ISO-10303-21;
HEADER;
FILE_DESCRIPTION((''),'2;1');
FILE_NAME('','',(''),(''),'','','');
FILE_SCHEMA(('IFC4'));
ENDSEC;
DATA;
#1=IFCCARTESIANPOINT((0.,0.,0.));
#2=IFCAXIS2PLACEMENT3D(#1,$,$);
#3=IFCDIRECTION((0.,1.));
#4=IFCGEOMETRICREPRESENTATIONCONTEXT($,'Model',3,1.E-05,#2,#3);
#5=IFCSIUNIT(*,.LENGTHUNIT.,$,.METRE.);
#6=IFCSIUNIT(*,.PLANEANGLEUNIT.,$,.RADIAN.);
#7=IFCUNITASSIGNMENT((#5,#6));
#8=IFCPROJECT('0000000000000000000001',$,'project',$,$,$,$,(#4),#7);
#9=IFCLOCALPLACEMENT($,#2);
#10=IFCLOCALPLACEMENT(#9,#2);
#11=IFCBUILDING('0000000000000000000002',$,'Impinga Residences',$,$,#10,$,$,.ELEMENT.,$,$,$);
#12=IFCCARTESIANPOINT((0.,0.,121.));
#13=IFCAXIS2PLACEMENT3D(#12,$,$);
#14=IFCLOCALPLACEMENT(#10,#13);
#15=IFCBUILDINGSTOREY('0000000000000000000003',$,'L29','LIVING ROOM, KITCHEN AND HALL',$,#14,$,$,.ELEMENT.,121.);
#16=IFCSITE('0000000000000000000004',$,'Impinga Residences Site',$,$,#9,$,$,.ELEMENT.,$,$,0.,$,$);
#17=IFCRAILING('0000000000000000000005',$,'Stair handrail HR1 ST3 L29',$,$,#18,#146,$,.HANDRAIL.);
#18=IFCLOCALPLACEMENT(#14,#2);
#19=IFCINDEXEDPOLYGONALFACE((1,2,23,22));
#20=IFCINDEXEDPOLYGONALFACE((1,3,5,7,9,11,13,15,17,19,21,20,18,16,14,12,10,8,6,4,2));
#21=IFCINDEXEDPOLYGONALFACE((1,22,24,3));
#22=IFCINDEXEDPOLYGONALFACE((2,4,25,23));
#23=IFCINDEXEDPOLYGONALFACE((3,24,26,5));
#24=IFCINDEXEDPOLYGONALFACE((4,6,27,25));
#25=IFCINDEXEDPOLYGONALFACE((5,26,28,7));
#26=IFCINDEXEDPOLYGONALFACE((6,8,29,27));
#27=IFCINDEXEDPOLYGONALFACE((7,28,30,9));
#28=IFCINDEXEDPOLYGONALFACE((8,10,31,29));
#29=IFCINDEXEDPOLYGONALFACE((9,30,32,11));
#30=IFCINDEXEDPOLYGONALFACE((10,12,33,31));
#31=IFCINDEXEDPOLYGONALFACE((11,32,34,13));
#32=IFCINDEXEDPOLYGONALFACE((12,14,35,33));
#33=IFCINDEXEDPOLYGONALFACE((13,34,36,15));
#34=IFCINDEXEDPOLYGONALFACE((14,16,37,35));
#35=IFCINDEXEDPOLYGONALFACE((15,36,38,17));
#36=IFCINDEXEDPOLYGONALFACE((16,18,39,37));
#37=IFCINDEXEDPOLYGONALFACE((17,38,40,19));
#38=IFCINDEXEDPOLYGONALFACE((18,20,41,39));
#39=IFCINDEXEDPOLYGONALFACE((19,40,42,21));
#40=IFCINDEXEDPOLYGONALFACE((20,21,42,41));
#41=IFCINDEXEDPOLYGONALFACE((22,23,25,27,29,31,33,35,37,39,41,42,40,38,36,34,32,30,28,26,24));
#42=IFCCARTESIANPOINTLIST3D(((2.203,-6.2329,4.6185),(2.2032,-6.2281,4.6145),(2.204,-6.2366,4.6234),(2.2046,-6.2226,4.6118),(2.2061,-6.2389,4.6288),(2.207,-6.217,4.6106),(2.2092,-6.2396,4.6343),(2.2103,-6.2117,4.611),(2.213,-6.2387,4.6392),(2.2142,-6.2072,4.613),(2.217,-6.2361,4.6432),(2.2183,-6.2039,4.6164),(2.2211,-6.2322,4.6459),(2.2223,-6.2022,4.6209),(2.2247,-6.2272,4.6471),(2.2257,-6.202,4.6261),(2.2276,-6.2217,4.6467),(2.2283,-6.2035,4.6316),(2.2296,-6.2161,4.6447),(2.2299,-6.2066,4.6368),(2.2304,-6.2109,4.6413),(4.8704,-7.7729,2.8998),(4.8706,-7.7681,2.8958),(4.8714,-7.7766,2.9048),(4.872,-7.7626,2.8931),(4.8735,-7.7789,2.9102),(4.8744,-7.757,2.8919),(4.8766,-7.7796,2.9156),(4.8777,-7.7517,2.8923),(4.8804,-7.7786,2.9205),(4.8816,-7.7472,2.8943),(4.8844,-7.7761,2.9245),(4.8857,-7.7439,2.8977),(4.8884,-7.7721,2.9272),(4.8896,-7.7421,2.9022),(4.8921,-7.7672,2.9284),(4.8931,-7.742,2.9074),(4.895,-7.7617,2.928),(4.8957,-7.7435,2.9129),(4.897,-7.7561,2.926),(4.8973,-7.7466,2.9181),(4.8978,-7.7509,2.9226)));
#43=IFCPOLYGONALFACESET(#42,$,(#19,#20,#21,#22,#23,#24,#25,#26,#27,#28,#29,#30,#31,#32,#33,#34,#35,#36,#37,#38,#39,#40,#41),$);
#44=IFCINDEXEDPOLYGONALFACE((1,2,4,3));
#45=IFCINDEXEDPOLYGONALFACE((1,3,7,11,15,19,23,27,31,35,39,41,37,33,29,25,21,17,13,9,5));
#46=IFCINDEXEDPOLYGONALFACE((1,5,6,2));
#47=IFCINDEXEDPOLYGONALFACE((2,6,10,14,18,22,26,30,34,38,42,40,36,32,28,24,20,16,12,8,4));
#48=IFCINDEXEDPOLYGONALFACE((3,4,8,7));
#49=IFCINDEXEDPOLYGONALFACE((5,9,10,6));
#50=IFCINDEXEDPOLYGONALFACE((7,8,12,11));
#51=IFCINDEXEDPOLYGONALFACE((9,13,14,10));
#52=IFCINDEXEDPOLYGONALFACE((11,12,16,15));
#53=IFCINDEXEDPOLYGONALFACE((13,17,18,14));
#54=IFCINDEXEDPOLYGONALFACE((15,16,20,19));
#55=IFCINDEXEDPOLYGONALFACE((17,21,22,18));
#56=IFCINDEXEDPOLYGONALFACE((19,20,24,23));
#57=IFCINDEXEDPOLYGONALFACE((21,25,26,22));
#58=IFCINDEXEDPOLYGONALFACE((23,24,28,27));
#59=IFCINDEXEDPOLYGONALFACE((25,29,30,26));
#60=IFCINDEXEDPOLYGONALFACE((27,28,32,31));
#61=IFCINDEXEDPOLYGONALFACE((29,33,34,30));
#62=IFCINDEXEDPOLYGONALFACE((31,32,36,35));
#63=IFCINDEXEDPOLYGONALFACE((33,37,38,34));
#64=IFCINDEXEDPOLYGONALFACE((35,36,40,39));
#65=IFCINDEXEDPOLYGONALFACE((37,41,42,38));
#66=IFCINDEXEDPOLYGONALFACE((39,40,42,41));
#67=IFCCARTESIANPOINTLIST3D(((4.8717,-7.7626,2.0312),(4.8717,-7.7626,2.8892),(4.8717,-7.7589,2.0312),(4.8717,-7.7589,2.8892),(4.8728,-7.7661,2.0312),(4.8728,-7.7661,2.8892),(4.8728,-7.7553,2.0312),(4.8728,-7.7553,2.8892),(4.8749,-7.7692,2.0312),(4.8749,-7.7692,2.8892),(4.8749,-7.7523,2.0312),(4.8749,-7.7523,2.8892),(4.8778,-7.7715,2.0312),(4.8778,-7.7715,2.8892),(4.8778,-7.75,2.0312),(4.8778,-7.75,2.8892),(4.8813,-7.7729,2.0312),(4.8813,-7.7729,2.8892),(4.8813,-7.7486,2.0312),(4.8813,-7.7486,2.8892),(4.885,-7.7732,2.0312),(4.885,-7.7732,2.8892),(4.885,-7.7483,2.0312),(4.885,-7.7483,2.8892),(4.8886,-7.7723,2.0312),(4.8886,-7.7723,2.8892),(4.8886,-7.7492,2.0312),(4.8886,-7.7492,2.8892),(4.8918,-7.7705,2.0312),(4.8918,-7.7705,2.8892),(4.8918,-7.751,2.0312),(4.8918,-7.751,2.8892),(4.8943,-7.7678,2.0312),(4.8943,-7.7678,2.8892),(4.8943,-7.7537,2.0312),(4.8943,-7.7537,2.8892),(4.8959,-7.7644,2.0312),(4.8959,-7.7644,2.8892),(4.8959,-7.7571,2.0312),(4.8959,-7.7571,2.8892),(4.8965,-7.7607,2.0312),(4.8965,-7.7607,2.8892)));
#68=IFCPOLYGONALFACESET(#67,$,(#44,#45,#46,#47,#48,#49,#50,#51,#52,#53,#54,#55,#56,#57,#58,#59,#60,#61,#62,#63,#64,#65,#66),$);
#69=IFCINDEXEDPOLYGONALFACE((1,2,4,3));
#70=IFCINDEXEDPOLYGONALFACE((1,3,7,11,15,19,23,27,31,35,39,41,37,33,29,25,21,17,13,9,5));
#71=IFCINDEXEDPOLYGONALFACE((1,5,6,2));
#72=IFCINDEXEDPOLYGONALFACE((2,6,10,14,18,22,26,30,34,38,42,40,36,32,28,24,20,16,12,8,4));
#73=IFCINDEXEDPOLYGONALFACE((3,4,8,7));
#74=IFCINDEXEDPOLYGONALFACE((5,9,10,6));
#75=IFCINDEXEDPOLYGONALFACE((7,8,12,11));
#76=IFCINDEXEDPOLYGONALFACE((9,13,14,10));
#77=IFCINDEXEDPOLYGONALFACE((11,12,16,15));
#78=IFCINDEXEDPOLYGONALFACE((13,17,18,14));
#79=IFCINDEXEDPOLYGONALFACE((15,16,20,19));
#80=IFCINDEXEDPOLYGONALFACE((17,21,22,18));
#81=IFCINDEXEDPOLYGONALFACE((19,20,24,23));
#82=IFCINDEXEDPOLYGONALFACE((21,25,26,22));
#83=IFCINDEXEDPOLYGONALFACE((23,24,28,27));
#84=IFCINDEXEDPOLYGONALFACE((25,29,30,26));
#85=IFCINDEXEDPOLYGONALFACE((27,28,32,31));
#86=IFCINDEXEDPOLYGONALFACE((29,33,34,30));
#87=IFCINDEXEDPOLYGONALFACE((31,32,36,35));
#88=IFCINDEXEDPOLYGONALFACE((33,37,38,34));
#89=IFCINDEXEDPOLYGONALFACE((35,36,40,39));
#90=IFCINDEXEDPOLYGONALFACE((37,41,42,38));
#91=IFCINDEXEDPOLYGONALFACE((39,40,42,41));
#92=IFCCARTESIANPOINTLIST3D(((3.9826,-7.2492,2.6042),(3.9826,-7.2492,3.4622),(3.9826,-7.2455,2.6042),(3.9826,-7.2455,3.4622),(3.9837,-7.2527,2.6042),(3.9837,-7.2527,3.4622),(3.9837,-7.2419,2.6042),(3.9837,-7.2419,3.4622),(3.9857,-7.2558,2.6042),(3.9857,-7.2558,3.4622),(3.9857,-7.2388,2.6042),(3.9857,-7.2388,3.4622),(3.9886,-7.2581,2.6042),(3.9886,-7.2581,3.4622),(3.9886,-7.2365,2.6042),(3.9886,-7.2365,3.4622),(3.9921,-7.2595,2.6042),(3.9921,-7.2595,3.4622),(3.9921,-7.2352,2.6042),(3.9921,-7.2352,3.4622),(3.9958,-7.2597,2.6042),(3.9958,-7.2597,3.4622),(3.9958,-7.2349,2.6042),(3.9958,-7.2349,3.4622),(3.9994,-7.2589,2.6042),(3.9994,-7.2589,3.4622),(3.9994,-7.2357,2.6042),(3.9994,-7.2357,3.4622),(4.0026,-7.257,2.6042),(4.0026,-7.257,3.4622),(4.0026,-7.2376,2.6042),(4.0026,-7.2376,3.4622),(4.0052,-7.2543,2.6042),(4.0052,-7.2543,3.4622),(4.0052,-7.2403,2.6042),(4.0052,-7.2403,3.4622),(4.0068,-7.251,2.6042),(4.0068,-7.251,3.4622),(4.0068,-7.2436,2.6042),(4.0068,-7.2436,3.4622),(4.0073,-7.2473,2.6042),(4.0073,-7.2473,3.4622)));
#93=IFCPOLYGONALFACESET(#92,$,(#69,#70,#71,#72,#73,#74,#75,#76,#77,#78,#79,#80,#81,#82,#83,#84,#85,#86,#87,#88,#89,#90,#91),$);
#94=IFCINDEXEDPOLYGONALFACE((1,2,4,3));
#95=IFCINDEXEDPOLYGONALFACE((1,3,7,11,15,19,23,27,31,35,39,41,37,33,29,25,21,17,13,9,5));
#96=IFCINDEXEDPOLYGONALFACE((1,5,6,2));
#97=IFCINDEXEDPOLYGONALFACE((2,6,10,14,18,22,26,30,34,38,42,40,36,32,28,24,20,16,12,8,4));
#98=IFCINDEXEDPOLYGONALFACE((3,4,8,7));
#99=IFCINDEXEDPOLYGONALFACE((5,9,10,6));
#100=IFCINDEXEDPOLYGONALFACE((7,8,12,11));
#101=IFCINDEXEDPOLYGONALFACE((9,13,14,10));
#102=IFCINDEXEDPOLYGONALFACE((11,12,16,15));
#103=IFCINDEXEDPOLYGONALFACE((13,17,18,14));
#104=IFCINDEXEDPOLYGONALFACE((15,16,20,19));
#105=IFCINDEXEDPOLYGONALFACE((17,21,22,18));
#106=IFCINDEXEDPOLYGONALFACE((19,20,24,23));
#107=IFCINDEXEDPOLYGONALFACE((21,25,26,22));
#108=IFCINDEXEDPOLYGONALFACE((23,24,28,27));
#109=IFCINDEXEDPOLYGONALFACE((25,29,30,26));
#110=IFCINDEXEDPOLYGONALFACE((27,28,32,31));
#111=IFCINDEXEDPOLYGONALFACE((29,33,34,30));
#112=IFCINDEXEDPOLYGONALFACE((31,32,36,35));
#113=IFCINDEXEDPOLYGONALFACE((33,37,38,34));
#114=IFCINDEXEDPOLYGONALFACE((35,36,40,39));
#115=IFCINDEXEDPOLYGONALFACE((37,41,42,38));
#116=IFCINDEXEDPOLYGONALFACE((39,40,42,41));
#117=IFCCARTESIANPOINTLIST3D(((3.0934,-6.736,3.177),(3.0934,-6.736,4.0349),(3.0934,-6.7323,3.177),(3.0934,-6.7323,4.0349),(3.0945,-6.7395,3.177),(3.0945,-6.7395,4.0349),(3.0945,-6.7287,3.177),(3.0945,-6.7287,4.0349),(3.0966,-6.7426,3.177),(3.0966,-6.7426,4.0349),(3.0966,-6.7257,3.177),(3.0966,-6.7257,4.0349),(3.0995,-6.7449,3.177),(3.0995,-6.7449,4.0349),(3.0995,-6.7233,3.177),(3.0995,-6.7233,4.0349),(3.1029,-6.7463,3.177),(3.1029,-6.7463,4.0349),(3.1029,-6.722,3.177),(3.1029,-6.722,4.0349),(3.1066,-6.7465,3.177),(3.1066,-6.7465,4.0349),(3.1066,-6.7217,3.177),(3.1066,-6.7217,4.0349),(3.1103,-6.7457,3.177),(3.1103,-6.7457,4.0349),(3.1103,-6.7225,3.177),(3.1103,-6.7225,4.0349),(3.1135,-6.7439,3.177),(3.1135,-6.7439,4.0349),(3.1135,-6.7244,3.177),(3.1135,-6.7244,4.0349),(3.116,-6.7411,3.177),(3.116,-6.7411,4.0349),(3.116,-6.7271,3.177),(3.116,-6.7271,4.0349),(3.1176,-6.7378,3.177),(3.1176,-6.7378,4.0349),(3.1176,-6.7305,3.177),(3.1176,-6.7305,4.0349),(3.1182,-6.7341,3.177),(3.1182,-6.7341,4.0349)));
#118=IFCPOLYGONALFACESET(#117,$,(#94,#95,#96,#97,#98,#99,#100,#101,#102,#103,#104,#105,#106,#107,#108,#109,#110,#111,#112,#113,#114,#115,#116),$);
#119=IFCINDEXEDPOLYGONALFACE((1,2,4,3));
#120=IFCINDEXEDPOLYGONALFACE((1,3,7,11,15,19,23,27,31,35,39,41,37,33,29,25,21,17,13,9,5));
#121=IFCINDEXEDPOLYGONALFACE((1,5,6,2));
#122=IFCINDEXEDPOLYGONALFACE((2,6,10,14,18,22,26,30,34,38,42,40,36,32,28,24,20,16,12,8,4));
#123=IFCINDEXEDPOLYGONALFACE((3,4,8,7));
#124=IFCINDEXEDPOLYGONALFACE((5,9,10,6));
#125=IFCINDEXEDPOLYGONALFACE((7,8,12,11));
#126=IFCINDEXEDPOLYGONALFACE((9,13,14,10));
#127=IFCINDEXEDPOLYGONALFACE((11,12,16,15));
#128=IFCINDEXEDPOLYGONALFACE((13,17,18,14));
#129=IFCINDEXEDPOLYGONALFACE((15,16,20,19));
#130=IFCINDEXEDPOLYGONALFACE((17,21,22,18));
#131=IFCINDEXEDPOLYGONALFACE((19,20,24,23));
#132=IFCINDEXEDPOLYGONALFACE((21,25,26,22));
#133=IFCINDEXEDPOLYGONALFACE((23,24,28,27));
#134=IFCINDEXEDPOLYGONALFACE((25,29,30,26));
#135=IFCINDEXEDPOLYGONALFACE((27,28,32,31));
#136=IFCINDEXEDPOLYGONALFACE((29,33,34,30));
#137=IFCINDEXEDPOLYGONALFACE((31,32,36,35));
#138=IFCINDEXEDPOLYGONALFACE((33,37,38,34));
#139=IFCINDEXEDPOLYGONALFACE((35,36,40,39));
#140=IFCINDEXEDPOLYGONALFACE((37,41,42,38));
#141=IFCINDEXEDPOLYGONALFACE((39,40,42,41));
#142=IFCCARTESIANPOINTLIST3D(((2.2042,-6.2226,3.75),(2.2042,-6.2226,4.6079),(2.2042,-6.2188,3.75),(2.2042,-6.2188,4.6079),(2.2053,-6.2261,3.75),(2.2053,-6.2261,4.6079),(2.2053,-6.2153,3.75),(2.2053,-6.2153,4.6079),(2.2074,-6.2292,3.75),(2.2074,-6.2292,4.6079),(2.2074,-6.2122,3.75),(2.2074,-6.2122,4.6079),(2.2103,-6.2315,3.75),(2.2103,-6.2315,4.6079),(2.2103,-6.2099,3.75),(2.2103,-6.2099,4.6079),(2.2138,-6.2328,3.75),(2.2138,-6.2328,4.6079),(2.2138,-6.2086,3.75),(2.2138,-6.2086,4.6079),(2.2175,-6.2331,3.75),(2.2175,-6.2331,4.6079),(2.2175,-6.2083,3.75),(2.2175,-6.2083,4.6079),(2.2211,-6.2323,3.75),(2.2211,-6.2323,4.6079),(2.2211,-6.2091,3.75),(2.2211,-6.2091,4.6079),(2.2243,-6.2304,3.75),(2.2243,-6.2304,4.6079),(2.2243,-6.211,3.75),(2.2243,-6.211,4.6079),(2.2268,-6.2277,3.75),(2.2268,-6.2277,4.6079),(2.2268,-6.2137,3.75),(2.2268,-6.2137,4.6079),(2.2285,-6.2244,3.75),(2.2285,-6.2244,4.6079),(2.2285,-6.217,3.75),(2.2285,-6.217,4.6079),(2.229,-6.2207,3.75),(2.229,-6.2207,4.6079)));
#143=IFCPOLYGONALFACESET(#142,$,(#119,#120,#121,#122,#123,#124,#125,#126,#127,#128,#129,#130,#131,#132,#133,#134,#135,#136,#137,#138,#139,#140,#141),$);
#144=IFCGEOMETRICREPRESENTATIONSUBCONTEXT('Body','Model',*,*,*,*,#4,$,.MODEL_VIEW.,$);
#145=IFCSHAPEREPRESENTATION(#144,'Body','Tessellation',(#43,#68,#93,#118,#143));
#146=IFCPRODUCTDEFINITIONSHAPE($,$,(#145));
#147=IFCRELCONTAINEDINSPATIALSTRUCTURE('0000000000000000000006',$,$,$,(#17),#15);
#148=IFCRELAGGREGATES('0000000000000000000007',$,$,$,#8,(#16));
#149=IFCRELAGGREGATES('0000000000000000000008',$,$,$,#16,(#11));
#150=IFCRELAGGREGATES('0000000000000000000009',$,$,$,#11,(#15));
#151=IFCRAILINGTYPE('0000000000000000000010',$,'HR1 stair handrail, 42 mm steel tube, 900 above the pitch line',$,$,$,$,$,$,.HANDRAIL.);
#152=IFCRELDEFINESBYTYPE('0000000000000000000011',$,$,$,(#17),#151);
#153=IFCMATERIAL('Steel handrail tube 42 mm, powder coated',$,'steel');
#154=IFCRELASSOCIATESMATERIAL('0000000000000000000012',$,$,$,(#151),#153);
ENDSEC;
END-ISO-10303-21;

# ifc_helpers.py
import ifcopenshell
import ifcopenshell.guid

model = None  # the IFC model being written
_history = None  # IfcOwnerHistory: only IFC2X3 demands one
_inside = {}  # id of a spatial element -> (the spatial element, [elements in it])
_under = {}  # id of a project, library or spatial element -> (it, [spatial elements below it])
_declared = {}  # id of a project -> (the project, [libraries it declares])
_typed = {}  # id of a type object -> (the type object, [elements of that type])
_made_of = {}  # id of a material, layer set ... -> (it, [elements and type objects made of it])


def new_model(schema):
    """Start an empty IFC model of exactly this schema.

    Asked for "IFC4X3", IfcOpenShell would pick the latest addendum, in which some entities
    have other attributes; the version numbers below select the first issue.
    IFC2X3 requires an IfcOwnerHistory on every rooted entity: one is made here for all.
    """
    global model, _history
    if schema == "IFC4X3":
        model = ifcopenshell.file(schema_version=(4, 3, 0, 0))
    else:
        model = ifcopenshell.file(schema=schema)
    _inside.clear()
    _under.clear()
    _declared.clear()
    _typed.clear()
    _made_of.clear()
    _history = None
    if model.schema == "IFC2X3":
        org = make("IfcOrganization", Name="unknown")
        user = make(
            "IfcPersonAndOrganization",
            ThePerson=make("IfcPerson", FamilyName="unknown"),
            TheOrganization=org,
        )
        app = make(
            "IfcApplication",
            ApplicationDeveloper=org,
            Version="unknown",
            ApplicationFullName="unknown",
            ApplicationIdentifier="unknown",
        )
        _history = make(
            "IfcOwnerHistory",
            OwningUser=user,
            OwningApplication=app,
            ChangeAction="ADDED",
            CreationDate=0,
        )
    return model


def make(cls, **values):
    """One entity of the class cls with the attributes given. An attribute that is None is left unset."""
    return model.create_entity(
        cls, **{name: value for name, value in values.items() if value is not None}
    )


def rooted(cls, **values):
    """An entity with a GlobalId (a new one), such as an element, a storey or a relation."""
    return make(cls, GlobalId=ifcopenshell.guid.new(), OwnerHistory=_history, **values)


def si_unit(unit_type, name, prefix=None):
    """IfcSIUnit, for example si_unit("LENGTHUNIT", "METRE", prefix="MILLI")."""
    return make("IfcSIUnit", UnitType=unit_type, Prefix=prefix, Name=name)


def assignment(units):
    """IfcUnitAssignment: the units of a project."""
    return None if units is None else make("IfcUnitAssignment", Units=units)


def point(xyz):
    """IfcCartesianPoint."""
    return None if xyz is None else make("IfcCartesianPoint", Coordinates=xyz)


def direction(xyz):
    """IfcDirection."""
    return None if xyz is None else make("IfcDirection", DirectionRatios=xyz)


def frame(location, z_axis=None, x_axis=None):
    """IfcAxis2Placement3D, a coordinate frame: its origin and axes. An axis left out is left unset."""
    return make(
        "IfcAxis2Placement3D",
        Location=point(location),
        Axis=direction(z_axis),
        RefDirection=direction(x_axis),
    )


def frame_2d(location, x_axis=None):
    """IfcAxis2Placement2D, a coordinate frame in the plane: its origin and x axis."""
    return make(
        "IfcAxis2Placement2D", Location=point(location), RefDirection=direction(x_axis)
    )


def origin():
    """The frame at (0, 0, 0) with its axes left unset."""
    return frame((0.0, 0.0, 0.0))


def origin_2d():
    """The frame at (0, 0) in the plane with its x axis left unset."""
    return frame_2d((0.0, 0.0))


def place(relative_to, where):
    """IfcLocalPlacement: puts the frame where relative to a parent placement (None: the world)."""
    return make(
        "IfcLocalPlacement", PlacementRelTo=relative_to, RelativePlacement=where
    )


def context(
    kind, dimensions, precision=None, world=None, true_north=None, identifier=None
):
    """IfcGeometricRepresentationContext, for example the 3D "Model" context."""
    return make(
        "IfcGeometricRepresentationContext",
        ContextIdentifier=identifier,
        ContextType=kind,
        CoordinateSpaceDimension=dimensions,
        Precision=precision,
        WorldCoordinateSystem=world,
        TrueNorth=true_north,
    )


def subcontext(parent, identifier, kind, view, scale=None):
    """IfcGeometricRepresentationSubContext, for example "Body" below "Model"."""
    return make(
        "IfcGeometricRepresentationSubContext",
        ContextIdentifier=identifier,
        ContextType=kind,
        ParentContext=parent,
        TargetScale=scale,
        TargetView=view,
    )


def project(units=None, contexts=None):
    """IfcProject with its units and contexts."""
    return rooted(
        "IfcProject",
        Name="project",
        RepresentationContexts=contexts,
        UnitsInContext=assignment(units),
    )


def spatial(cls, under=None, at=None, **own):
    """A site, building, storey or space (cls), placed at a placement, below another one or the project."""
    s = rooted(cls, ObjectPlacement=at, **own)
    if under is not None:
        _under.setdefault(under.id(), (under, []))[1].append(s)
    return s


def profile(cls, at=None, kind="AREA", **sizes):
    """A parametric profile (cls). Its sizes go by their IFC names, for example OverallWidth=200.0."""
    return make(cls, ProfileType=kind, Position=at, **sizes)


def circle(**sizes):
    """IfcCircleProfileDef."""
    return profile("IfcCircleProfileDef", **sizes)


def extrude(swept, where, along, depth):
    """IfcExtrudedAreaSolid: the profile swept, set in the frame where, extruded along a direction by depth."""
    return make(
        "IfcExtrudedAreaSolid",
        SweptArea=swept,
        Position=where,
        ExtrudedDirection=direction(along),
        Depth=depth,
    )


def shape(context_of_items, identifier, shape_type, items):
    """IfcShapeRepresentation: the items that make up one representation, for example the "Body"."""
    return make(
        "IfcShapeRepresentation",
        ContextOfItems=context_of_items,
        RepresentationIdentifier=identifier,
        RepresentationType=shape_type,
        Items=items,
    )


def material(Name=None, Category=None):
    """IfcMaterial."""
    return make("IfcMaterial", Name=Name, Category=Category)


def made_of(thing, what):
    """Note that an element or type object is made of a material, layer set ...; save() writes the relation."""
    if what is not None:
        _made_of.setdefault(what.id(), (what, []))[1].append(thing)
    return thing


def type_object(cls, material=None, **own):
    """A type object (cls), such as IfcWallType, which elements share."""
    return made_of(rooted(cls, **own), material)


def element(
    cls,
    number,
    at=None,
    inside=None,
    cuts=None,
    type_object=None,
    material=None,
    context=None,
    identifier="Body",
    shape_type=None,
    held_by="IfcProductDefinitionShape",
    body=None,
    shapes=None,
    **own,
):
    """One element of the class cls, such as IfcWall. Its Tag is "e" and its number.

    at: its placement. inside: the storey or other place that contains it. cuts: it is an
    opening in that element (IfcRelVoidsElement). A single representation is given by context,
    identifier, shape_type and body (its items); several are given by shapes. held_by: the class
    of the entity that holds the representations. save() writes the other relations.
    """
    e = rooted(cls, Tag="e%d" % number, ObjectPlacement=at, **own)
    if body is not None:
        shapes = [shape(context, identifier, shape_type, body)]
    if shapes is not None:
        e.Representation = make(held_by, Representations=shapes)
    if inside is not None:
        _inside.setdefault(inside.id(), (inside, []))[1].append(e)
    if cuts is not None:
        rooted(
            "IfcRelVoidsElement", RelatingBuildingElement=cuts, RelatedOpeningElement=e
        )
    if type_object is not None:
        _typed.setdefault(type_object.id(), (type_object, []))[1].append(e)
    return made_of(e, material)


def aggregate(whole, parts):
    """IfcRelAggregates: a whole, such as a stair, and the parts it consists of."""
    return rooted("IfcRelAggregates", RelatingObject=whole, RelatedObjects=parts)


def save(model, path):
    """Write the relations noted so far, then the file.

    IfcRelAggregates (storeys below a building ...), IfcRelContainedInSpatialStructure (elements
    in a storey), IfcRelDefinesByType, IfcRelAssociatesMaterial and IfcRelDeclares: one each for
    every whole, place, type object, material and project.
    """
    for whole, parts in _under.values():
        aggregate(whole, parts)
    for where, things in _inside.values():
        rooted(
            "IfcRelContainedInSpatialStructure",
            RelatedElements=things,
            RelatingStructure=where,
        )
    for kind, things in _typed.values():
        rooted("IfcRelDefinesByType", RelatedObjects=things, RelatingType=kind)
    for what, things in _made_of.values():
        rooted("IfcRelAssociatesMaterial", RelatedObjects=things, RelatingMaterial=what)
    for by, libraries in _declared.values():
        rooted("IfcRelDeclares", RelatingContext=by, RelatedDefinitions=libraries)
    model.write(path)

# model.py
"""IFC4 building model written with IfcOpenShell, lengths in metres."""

from ifc_helpers import new_model, si_unit, direction, frame, origin, origin_2d, place, context, subcontext, project, spatial, circle, extrude, material, type_object, element, save


model = new_model("IFC4")

# Units and contexts
model_context = context("Model", 3, precision=1e-05, world=origin(), true_north=direction((0.0, 1.0)))
body_context = subcontext(model_context, "Body", "Model", "MODEL_VIEW")
ifc_project = project(units=[si_unit("LENGTHUNIT", "METRE"), si_unit("PLANEANGLEUNIT", "RADIAN")], contexts=[model_context])

# Site, building, storey
site_placement = place(None, origin())
site = spatial("IfcSite", under=ifc_project, at=site_placement, Name="Impinga Residences Site", CompositionType="ELEMENT", RefElevation=0.0)
building_placement = place(site_placement, origin())
building = spatial("IfcBuilding", under=site, at=building_placement, Name="Impinga Residences", CompositionType="ELEMENT")
storey_placement = place(building_placement, frame((0.0, 0.0, 121.0)))
storey = spatial("IfcBuildingStorey", under=building, at=storey_placement, Name="L29", Description="LIVING ROOM, KITCHEN AND HALL", CompositionType="ELEMENT", Elevation=121.0)

# Railing
ifc_material_1 = material(Name="Steel handrail tube 42 mm, powder coated", Category="steel")
railing_type_1 = type_object("IfcRailingType", Name="HR1 stair handrail, 42 mm steel tube, 900 above the pitch line", PredefinedType="HANDRAIL", material=ifc_material_1)
railing_1_placement = place(storey_placement, frame((4.884, -7.7607, 2.0312)))
element("IfcRailing", 1, at=railing_1_placement, inside=storey, type_object=railing_type_1, Name="Stair handrail HR1 ST3 L29", PredefinedType="HANDRAIL", context=body_context, shape_type="SweptSolid", body=[
    extrude(circle(Radius=0.021, at=origin_2d()), frame((0.0, 0.0, 0.8789), z_axis=(-0.756256, 0.436616, 0.487282), x_axis=(-0.499992, -0.86603, 0.0)), (0.0, 0.0, 1.0), 3.5271),
    extrude(circle(Radius=0.0125, at=origin_2d()), origin(), (0.0, 0.0, 1.0), 0.8579),
    extrude(circle(Radius=0.0125, at=origin_2d()), frame((-0.8892, 0.5134, 0.573)), (0.0, 0.0, 1.0), 0.8579),
    extrude(circle(Radius=0.0125, at=origin_2d()), frame((-1.7783, 1.0266, 1.1458)), (0.0, 0.0, 1.0), 0.8579),
    extrude(circle(Radius=0.0125, at=origin_2d()), frame((-2.6675, 1.54, 1.7188)), (0.0, 0.0, 1.0), 0.8579),
])

save(model, "model.ifc")
